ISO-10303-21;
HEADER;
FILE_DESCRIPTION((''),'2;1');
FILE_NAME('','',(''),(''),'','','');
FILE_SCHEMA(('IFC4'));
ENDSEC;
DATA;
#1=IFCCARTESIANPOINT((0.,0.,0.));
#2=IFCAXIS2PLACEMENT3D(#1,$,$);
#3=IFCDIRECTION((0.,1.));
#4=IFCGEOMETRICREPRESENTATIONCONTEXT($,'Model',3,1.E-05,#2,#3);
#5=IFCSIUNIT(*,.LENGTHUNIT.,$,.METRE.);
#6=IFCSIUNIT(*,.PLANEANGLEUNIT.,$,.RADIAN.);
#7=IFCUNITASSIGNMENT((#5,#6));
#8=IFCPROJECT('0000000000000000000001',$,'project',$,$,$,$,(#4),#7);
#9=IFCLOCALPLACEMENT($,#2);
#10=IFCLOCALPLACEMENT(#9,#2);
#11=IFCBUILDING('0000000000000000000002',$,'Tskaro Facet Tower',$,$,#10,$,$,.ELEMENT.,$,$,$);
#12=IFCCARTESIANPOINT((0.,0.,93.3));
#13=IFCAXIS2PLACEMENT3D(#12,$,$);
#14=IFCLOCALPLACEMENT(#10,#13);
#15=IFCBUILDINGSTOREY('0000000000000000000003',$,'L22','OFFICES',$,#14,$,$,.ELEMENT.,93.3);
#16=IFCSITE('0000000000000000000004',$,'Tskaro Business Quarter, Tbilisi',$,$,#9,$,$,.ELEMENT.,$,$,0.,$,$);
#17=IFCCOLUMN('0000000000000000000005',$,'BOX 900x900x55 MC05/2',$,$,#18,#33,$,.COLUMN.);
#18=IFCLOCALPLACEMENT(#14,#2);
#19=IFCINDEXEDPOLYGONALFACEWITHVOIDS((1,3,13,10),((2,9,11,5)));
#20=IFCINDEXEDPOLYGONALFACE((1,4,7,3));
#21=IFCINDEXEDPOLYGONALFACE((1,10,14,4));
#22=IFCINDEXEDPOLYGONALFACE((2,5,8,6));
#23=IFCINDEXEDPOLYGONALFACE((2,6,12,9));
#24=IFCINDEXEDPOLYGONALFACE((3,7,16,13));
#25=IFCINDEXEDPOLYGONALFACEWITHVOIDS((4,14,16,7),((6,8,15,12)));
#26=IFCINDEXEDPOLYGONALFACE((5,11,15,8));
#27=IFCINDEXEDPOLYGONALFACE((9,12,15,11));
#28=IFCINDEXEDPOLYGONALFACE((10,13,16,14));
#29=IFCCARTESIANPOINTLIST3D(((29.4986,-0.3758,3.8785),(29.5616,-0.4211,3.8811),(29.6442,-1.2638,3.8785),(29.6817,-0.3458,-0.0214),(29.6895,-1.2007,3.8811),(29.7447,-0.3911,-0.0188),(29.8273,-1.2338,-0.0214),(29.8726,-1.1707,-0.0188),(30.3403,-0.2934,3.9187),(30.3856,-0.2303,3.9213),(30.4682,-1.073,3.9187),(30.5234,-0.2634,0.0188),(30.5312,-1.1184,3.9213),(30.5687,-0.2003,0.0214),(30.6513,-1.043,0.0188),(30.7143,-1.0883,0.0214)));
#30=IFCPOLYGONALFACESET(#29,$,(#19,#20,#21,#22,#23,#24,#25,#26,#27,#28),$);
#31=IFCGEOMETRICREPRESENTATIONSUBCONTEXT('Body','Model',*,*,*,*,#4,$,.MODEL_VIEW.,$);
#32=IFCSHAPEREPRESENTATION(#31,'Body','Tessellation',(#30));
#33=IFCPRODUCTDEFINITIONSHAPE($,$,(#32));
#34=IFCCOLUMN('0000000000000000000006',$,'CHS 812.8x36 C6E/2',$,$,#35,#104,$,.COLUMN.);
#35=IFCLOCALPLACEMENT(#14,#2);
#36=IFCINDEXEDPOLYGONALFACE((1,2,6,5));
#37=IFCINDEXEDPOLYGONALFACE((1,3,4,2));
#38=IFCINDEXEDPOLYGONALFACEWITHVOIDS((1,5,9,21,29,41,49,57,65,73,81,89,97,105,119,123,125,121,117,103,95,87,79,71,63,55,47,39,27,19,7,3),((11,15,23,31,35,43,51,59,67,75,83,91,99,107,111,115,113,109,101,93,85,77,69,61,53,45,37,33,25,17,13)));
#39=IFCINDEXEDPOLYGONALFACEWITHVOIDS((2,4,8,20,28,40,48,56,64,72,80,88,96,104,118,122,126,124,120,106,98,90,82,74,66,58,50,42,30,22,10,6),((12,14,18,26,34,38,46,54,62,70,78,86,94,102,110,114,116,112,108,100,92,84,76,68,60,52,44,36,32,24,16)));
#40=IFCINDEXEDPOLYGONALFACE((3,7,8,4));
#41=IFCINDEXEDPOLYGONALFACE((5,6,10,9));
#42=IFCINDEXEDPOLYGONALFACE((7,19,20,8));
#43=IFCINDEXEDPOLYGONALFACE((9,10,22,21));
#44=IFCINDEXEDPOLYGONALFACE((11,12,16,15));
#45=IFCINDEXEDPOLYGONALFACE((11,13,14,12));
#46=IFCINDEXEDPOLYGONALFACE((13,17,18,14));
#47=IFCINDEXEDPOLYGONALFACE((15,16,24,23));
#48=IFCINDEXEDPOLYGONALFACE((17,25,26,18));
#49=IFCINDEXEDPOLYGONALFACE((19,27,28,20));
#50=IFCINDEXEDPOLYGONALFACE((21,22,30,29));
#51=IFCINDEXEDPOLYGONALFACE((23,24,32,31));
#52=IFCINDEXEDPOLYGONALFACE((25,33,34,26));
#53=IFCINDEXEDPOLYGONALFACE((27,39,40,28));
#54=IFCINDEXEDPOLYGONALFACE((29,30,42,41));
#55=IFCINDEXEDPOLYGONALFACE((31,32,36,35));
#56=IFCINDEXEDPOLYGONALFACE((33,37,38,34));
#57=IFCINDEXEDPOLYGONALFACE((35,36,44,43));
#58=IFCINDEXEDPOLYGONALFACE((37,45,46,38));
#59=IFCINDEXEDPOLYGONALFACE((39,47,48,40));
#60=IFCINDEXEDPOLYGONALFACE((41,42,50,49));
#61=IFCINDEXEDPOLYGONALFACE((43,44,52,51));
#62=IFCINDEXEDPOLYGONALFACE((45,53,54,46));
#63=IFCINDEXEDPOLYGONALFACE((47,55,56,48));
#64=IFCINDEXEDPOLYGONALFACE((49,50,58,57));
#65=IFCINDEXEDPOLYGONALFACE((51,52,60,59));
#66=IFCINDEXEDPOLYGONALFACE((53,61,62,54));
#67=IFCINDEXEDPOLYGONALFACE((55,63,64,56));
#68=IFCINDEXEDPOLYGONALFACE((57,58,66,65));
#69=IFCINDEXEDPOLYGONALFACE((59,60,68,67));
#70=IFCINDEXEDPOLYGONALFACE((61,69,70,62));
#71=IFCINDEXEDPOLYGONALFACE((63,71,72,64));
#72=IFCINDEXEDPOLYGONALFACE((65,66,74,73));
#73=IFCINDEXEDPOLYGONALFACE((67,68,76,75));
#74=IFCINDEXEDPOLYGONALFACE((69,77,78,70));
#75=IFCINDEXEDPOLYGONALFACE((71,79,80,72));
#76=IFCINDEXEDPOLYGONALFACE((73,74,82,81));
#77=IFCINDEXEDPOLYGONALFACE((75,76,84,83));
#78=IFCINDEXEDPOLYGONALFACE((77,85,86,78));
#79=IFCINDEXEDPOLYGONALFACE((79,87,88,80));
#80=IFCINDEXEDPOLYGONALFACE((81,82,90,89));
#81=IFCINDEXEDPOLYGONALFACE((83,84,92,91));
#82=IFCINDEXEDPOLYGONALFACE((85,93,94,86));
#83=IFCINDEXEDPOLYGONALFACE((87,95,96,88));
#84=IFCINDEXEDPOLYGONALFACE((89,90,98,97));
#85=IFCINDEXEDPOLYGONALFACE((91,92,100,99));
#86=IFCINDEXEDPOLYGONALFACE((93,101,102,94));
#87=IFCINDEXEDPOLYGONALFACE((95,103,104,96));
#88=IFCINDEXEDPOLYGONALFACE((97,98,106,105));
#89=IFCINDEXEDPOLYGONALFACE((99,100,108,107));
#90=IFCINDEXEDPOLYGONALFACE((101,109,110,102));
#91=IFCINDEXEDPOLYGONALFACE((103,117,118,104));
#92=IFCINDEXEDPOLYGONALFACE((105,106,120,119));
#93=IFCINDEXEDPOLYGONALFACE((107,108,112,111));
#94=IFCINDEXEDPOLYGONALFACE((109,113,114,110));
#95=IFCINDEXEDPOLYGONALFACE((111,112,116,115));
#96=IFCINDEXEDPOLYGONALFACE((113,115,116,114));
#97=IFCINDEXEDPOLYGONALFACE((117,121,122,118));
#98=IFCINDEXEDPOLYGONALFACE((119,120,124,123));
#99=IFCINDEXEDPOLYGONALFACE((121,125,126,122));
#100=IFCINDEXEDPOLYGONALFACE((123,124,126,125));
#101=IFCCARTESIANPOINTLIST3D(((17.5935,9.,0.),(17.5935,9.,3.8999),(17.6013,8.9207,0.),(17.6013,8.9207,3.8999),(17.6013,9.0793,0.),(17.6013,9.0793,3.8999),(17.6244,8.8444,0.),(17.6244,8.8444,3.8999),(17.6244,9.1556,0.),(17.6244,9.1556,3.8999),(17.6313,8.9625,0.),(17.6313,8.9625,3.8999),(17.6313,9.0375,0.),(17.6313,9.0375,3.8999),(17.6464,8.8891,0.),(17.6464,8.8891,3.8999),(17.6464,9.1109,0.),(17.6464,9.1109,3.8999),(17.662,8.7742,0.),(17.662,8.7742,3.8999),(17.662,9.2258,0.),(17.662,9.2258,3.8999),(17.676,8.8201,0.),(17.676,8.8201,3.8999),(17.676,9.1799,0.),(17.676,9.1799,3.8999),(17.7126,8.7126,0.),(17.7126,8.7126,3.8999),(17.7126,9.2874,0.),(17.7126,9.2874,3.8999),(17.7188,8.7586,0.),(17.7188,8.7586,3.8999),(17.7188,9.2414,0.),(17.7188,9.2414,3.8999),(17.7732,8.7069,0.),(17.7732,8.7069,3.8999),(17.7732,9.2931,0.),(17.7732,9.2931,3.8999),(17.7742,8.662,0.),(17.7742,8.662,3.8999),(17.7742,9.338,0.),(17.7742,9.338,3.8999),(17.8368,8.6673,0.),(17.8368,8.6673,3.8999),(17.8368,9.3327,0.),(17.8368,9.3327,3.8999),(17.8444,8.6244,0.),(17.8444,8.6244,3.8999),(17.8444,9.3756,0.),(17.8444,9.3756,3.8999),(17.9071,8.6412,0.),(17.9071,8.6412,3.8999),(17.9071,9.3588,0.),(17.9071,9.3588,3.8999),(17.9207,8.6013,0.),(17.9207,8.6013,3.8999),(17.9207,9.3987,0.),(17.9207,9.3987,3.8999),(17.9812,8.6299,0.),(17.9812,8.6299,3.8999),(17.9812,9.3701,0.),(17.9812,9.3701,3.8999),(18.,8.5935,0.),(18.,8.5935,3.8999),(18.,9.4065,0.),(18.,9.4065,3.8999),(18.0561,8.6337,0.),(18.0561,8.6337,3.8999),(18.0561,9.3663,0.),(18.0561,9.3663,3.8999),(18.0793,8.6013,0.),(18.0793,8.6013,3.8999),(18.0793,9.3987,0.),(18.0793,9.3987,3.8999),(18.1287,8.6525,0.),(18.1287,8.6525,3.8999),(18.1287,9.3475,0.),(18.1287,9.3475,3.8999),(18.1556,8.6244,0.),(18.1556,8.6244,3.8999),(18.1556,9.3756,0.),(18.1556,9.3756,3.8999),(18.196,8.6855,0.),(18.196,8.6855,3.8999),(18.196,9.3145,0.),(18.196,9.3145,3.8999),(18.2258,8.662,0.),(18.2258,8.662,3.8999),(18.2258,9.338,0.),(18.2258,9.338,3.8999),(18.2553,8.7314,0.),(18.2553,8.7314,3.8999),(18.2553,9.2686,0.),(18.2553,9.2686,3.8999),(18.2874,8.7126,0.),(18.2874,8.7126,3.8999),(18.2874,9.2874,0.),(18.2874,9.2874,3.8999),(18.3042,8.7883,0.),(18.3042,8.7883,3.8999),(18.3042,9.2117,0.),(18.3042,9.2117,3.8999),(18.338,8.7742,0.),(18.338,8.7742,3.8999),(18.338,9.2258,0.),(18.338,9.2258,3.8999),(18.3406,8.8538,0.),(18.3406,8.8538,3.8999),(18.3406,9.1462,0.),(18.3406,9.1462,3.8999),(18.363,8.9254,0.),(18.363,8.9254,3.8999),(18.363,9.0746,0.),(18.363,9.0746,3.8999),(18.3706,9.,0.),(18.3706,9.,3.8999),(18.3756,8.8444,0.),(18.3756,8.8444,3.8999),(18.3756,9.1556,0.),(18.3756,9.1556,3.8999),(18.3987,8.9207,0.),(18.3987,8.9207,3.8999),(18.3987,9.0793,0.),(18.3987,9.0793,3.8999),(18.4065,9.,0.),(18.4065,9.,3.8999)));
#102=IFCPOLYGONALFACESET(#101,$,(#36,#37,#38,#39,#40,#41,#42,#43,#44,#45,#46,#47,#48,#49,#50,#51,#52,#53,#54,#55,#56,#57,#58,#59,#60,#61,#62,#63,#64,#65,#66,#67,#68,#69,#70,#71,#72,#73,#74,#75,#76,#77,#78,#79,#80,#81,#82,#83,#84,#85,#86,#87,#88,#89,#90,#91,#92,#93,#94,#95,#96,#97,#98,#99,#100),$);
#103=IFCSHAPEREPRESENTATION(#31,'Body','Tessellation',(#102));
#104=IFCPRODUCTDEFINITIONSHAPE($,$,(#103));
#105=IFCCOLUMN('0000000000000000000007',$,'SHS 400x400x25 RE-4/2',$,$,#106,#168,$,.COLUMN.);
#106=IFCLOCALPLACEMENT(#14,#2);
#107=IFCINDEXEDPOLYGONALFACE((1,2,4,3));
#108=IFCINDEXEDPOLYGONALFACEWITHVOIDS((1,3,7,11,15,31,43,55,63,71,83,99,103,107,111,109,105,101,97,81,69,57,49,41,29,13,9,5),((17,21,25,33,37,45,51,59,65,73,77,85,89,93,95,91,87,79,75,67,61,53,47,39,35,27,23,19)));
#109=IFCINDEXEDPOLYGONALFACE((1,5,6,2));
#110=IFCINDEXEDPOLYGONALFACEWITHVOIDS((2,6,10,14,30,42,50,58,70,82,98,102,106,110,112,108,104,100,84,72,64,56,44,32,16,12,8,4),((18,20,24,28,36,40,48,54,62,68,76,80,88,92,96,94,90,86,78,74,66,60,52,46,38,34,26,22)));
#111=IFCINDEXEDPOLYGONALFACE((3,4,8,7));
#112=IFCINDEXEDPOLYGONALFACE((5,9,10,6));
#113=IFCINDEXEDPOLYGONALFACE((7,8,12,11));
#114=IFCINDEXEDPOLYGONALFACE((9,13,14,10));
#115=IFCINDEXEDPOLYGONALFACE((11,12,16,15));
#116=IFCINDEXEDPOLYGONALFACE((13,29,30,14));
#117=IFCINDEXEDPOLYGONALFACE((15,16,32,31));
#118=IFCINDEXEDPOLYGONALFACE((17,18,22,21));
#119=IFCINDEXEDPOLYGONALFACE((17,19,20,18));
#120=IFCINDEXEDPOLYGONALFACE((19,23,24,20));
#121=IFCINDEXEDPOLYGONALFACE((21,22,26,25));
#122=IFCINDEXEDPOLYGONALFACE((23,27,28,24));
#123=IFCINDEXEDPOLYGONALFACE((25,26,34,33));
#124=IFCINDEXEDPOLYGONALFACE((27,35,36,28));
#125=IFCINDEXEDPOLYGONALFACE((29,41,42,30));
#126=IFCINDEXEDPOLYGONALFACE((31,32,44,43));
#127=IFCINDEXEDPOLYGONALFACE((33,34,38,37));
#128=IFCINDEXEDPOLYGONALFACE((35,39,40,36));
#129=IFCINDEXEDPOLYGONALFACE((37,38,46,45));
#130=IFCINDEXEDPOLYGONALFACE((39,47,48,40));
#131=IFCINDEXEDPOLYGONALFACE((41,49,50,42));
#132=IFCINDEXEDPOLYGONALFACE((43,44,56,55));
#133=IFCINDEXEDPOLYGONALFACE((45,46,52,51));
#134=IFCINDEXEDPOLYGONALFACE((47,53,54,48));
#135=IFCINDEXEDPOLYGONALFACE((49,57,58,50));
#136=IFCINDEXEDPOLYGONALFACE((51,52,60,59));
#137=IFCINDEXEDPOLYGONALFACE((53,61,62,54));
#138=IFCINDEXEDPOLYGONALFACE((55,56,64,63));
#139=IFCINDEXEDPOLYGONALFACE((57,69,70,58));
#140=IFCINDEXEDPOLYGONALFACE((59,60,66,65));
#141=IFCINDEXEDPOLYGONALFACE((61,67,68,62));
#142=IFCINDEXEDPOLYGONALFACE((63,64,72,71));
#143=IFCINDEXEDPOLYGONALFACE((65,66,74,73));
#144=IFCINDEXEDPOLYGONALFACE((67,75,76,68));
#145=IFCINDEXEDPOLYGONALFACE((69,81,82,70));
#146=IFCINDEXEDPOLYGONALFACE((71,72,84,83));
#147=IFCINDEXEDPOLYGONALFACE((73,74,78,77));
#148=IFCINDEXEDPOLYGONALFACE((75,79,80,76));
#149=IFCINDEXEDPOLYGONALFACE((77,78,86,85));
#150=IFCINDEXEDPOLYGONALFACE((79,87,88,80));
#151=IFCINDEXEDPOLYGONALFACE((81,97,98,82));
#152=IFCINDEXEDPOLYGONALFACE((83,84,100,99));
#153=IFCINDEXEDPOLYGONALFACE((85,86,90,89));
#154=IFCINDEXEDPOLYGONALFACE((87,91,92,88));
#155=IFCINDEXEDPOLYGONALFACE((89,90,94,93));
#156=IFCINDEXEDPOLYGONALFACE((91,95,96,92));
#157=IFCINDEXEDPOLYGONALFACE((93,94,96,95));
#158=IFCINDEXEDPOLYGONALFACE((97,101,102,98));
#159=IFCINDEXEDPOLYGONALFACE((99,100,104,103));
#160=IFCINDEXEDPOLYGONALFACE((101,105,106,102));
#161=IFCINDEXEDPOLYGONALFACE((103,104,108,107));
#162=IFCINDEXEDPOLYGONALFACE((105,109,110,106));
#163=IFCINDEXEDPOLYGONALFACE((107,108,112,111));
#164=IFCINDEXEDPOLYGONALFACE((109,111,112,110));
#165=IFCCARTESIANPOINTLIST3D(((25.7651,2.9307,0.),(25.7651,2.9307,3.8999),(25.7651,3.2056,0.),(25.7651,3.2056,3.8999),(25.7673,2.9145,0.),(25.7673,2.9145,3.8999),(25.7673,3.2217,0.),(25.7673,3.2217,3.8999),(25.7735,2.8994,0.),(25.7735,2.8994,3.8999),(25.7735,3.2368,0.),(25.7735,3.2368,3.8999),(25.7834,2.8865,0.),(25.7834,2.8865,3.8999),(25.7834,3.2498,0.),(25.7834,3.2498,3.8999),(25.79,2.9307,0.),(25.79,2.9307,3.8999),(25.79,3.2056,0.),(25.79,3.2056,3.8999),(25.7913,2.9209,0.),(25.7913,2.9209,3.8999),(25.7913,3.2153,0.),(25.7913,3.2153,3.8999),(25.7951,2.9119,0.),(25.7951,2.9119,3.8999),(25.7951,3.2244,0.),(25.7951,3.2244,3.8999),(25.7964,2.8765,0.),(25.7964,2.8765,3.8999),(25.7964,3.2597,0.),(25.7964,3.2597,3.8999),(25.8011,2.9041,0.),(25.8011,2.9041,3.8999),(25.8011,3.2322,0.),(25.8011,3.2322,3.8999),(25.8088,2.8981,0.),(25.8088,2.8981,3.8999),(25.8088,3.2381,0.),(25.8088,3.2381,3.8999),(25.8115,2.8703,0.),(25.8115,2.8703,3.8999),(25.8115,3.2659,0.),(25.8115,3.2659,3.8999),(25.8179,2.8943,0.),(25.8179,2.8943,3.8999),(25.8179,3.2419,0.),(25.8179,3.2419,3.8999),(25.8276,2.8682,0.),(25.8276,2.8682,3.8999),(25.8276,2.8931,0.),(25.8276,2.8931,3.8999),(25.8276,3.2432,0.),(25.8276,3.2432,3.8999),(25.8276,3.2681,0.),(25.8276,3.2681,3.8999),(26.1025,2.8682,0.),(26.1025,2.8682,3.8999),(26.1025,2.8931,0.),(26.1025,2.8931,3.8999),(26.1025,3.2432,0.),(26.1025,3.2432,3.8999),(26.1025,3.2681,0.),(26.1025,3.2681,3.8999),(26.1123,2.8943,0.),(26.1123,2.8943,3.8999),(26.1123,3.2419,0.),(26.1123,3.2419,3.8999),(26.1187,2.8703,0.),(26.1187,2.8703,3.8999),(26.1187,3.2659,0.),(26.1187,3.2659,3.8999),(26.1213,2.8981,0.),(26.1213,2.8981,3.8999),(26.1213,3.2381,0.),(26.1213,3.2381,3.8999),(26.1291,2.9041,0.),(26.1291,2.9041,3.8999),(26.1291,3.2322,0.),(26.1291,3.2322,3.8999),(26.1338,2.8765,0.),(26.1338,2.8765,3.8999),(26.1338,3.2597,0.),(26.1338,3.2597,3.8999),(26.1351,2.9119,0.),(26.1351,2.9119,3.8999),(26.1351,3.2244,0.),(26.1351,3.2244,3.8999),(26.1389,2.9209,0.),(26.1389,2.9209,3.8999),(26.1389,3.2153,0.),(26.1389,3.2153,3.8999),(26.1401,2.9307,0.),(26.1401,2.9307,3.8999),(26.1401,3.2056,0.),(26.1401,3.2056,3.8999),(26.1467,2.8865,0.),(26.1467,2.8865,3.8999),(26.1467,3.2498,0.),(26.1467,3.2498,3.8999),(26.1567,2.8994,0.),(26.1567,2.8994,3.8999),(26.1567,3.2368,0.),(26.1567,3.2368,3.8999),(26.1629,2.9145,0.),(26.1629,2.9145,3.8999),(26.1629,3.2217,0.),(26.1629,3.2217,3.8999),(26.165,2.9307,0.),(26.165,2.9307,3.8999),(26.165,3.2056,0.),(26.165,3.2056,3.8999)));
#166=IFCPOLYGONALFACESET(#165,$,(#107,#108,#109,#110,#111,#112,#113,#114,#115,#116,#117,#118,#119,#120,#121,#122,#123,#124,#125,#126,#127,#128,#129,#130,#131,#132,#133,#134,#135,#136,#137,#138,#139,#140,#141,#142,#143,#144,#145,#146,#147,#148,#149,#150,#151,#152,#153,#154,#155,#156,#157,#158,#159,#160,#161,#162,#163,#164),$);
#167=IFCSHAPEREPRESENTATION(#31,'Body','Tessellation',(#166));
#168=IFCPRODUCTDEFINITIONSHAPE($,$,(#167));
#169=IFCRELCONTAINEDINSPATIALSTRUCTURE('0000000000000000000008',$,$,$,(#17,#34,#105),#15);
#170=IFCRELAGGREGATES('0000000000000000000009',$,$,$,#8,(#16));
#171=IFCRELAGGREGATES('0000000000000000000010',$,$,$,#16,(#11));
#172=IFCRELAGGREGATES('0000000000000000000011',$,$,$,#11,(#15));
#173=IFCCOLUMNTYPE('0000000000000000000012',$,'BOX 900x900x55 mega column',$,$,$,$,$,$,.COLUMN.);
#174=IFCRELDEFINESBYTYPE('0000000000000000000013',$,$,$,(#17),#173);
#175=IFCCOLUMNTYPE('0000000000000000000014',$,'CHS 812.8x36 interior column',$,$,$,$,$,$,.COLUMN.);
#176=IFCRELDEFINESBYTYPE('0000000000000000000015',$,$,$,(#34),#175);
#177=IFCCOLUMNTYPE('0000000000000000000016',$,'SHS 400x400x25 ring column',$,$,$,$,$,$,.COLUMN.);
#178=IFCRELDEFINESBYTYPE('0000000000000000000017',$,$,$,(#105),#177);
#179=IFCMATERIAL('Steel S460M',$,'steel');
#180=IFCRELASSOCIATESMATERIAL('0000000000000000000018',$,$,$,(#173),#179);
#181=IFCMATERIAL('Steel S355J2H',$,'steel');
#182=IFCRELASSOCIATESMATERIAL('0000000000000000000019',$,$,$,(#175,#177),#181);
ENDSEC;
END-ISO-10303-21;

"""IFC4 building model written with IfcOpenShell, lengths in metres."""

from ifc_helpers import new_model, si_unit, direction, frame, origin, origin_2d, place, context, subcontext, project, spatial, hollow_rectangle, hollow_circle, extrude, material, material_profile, profile_set, type_object, element, save


model = new_model("IFC4")

# Units and contexts
model_context = context("Model", 3, precision=1e-05, world=origin(), true_north=direction((0.0, 1.0)))
body_context = subcontext(model_context, "Body", "Model", "MODEL_VIEW")
ifc_project = project(units=[si_unit("LENGTHUNIT", "METRE"), si_unit("PLANEANGLEUNIT", "RADIAN")], contexts=[model_context])

# Site, building, storey
site_placement = place(None, origin())
site = spatial("IfcSite", under=ifc_project, at=site_placement, Name="Tskaro Business Quarter, Tbilisi", CompositionType="ELEMENT", RefElevation=0.0)
building_placement = place(site_placement, origin())
building = spatial("IfcBuilding", under=site, at=building_placement, Name="Tskaro Facet Tower", CompositionType="ELEMENT")
storey_placement = place(building_placement, frame((0.0, 0.0, 93.3)))
storey = spatial("IfcBuildingStorey", under=building, at=storey_placement, Name="L22", Description="OFFICES", CompositionType="ELEMENT", Elevation=93.3)

# Columns
ifc_material_1 = material(Name="Steel S460M", Category="steel")
ifc_material_profile_1 = material_profile(ifc_material_1, hollow_rectangle(XDim=0.8999, YDim=0.8999, WallThickness=0.0549, at=origin_2d()), Name="BOX 900x900x55")
ifc_profile_set_1 = profile_set([ifc_material_profile_1], Name="Steel S460M")
column_type_1 = type_object("IfcColumnType", Name="BOX 900x900x55 mega column", PredefinedType="COLUMN", material=ifc_profile_set_1)
column_1_placement = place(storey_placement, frame((30.198, -0.717, 0.0), z_axis=(-0.046898, -0.007691, 0.99887), x_axis=(0.161838, -0.986817, 0.0)))
element("IfcColumn", 1, at=column_1_placement, inside=storey, type_object=column_type_1, Name="BOX 900x900x55 MC05/2", PredefinedType="COLUMN", context=body_context, shape_type="SweptSolid", body=[
    extrude(hollow_rectangle(XDim=0.8999, YDim=0.8999, WallThickness=0.0549, at=origin_2d()), origin(), (0.0, 0.0, 1.0), 3.9043),
])
ifc_material_2 = material(Name="Steel S355J2H", Category="steel")
ifc_material_profile_2 = material_profile(ifc_material_2, hollow_circle(Radius=0.4065, WallThickness=0.0359, at=origin_2d()), Name="CHS 812.8x36")
ifc_profile_set_2 = profile_set([ifc_material_profile_2], Name="Steel S355J2H")
column_type_2 = type_object("IfcColumnType", Name="CHS 812.8x36 interior column", PredefinedType="COLUMN", material=ifc_profile_set_2)
column_2_placement = place(storey_placement, frame((18.0, 9.0, 0.0), z_axis=(0.0, 0.0, 1.0), x_axis=(1.0, 0.0, 0.0)))
element("IfcColumn", 2, at=column_2_placement, inside=storey, type_object=column_type_2, Name="CHS 812.8x36 C6E/2", PredefinedType="COLUMN", context=body_context, shape_type="SweptSolid", body=[
    extrude(hollow_circle(Radius=0.4065, WallThickness=0.0359, at=origin_2d()), origin(), (0.0, 0.0, 1.0), 3.8999),
])
ifc_material_profile_3 = material_profile(ifc_material_2, hollow_rectangle(XDim=0.3999, YDim=0.3999, WallThickness=0.0249, InnerFilletRadius=0.0376, OuterFilletRadius=0.0625, at=origin_2d()), Name="SHS 400x400x25")
ifc_profile_set_3 = profile_set([ifc_material_profile_3], Name="Steel S355J2H")
column_type_3 = type_object("IfcColumnType", Name="SHS 400x400x25 ring column", PredefinedType="COLUMN", material=ifc_profile_set_3)
for number, where, z_axis, x_axis, name in (
    (3, (25.9651, 3.0681, 0.0), (0.0, 0.0, 1.0), (1.0, 0.0, 0.0), "SHS 400x400x25 RE-4/2"),
):
    element("IfcColumn", number, at=place(storey_placement, frame(where, z_axis=z_axis, x_axis=x_axis)), inside=storey, type_object=column_type_3, Name=name, PredefinedType="COLUMN", context=body_context, shape_type="SweptSolid", body=[
        extrude(hollow_rectangle(XDim=0.3999, YDim=0.3999, WallThickness=0.0249, InnerFilletRadius=0.0376, OuterFilletRadius=0.0625, at=origin_2d()), origin(), (0.0, 0.0, 1.0), 3.8999),
    ])

save(model, "model.ifc")
